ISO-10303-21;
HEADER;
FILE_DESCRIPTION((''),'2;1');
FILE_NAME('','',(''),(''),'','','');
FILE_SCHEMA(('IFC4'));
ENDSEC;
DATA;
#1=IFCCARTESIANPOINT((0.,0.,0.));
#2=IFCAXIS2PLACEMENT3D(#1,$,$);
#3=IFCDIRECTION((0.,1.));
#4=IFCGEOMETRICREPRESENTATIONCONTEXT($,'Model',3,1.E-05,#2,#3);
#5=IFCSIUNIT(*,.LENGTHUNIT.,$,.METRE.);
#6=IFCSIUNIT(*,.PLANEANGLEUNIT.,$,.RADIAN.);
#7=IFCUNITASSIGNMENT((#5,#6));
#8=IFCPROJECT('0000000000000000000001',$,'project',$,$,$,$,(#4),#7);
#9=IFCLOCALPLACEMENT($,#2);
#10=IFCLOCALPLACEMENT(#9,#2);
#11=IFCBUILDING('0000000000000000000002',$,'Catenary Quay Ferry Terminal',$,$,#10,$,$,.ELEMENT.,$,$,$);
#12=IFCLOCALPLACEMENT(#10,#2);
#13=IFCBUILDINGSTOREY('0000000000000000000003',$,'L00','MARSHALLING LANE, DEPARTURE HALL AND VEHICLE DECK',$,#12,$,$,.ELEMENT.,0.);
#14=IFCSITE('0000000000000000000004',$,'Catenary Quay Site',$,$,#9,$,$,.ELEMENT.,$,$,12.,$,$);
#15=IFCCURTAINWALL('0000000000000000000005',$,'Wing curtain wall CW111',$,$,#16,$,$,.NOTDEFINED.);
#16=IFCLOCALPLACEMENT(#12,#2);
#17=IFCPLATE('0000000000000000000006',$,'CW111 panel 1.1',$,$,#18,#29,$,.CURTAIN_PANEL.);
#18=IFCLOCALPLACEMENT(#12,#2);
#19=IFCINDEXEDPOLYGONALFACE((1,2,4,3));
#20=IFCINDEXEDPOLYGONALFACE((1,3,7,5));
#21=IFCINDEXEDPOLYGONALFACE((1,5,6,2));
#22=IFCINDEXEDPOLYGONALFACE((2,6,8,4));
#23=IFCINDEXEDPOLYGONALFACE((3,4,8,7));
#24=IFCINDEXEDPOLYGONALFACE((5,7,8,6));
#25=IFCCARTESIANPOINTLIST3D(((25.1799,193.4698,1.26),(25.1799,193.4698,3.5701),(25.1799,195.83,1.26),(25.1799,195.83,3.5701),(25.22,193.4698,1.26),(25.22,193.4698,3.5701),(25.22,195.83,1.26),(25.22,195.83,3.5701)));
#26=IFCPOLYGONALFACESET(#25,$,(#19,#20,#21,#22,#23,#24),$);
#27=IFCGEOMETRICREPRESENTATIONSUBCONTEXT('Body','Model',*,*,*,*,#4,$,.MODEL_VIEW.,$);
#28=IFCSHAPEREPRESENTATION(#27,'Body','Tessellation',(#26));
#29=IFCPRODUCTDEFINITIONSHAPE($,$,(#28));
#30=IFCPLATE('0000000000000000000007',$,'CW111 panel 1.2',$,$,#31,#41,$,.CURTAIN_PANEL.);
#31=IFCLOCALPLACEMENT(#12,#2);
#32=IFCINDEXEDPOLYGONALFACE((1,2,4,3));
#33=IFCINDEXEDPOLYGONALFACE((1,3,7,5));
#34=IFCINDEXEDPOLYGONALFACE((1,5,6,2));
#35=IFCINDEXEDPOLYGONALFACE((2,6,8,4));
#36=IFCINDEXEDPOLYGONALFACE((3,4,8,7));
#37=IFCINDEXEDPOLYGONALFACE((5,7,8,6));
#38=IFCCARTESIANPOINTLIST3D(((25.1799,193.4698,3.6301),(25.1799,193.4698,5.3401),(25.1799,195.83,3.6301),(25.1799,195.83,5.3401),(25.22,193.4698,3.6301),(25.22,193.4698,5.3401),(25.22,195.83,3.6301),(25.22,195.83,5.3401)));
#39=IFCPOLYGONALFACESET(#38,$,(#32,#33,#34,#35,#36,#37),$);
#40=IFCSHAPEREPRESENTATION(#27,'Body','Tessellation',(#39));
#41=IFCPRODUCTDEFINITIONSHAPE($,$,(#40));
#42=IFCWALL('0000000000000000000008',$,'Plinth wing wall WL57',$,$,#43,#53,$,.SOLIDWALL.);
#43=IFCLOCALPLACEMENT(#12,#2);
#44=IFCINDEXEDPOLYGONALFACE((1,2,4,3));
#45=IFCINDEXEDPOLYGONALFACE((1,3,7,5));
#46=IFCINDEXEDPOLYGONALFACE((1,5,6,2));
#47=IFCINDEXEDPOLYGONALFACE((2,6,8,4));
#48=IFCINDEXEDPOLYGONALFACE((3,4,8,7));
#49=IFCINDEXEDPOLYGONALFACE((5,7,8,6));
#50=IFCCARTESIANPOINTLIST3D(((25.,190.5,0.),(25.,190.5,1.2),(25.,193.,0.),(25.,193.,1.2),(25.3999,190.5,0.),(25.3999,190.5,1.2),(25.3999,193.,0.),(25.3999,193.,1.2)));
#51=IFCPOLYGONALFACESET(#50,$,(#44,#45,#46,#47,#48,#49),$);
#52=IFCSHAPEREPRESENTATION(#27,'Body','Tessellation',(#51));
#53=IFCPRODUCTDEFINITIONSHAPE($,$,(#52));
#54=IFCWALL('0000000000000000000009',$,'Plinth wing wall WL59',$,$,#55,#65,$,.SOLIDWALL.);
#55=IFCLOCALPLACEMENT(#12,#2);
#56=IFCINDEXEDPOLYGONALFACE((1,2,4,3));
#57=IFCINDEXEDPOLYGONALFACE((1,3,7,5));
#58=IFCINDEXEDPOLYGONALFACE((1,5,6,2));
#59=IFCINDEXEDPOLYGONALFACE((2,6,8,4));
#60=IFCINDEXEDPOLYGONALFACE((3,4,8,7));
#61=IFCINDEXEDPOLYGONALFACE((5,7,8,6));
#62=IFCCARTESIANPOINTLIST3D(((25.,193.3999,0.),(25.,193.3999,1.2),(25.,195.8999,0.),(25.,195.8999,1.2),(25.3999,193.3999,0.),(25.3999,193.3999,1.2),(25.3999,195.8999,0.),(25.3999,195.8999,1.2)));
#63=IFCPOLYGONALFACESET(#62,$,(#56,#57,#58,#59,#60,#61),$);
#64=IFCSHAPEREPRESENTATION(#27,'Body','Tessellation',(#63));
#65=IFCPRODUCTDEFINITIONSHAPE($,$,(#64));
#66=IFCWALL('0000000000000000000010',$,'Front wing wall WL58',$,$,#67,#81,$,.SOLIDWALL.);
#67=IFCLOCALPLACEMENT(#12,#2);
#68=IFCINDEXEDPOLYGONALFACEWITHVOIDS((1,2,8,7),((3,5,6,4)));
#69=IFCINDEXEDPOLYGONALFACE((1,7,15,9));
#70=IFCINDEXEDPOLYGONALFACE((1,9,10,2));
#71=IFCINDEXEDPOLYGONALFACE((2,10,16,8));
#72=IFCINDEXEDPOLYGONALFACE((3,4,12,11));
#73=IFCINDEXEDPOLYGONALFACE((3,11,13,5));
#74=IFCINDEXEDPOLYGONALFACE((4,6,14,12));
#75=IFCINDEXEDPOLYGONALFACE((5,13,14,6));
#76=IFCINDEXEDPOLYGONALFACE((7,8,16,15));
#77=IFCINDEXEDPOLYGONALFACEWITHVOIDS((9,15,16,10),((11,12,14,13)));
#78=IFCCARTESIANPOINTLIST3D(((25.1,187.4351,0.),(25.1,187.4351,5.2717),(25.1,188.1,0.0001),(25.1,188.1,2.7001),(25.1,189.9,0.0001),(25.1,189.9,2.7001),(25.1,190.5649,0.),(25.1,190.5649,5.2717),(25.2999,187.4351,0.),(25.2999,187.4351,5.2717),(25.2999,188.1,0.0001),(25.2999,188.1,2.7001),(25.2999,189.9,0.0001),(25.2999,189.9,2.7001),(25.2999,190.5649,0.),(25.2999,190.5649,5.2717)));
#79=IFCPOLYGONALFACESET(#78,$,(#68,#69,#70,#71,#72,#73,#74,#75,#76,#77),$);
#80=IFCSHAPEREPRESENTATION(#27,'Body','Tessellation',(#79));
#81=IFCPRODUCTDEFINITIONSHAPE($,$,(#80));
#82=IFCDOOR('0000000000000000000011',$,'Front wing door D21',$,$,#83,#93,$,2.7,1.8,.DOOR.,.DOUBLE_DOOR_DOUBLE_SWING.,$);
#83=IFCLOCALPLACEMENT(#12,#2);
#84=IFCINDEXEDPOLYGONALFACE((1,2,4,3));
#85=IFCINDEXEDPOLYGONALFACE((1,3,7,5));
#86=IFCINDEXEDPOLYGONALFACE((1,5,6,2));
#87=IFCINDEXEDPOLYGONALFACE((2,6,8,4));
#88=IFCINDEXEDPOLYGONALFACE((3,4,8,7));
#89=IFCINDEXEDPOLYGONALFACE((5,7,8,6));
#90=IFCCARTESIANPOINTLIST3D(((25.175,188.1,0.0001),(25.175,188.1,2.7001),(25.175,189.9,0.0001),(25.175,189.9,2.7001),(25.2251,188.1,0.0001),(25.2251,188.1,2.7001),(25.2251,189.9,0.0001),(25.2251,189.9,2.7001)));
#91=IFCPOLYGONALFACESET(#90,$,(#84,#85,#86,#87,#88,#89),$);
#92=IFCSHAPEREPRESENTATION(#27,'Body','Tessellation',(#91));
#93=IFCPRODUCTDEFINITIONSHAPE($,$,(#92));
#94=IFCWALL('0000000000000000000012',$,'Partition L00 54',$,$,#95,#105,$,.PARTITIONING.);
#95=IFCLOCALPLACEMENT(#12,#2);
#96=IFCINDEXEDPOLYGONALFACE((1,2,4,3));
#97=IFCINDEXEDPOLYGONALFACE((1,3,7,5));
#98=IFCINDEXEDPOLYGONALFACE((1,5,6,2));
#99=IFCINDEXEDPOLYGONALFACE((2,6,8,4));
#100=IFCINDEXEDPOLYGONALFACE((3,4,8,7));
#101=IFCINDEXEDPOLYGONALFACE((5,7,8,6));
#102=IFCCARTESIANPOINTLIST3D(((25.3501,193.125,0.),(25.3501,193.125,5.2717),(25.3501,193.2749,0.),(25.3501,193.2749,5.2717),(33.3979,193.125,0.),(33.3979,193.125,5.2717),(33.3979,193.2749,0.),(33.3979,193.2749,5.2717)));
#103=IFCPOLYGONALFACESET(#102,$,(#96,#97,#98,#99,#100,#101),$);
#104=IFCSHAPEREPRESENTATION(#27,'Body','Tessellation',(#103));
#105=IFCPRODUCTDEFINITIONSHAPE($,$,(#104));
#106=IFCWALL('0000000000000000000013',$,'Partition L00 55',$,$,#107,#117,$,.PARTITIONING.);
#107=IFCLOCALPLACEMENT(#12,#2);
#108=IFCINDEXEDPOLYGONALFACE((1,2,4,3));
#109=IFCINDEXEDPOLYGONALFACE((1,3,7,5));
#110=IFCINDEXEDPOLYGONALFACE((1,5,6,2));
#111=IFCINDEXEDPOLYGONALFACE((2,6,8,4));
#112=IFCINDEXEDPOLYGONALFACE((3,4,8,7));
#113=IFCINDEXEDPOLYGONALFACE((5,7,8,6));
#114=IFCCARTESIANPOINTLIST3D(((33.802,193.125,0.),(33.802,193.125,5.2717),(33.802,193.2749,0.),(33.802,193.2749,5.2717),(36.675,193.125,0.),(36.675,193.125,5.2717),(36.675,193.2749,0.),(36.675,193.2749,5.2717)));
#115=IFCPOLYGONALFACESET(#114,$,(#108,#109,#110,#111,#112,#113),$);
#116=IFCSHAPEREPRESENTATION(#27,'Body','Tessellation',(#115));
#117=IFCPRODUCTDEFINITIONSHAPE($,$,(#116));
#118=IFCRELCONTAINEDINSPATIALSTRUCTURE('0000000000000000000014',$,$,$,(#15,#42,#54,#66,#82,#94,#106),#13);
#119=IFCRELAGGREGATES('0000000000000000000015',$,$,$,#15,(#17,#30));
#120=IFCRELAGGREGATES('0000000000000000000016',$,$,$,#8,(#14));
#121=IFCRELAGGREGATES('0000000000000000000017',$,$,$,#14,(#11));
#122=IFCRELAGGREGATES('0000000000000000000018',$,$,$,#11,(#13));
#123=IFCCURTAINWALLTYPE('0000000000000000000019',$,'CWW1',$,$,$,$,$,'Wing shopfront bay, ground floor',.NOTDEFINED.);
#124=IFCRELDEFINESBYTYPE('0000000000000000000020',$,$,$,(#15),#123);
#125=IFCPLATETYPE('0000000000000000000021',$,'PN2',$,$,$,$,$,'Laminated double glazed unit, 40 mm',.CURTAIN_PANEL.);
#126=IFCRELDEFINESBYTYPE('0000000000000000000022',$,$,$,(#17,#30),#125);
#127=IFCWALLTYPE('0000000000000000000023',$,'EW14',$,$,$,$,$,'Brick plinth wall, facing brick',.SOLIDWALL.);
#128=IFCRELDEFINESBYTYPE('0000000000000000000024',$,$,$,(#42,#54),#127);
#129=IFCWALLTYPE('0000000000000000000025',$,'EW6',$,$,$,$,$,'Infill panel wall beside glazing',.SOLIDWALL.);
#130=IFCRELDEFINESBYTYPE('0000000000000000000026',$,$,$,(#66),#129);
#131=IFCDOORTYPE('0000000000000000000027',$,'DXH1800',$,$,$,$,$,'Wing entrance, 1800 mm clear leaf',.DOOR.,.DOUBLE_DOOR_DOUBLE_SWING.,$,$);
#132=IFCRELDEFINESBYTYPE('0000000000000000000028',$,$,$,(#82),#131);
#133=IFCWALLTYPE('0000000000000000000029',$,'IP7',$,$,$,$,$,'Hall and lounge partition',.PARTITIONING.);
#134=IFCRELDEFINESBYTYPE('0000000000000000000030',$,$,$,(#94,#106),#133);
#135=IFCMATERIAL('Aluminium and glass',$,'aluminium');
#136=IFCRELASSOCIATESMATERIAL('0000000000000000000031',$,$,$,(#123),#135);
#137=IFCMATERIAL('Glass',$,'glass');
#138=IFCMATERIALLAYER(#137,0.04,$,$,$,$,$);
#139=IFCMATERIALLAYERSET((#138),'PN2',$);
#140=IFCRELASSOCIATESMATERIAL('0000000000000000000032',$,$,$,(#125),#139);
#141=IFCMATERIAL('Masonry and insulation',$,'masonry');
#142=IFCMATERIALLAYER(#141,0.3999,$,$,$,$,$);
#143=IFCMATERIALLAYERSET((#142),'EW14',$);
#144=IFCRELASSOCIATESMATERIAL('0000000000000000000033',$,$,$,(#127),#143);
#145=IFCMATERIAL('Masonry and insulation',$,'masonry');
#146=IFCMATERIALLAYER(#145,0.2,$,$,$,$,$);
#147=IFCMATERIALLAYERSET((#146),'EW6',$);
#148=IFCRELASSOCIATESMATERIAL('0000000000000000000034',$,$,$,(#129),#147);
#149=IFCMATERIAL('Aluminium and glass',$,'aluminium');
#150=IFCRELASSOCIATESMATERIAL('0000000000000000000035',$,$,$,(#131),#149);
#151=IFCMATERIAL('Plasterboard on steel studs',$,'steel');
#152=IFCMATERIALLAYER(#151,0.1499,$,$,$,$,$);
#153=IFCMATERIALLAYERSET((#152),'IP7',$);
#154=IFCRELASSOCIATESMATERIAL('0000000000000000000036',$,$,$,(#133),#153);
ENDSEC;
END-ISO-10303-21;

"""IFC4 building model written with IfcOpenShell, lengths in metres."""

from ifc_helpers import new_model, si_unit, direction, frame, frame_2d, origin, origin_2d, place, context, subcontext, project, spatial, rectangle, extrude, material, layer, layer_set, type_object, element, fill, aggregate, save


model = new_model("IFC4")

# Units and contexts
model_context = context("Model", 3, precision=1e-05, world=origin(), true_north=direction((0.0, 1.0)))
body_context = subcontext(model_context, "Body", "Model", "MODEL_VIEW")
ifc_project = project(units=[si_unit("LENGTHUNIT", "METRE"), si_unit("PLANEANGLEUNIT", "RADIAN")], contexts=[model_context])

# Site, building, storey
site_placement = place(None, origin())
site = spatial("IfcSite", under=ifc_project, at=site_placement, Name="Catenary Quay Site", CompositionType="ELEMENT", RefElevation=12.0)
building_placement = place(site_placement, origin())
building = spatial("IfcBuilding", under=site, at=building_placement, Name="Catenary Quay Ferry Terminal", CompositionType="ELEMENT")
storey_placement = place(building_placement, origin())
storey = spatial("IfcBuildingStorey", under=building, at=storey_placement, Name="L00", Description="MARSHALLING LANE, DEPARTURE HALL AND VEHICLE DECK", CompositionType="ELEMENT", Elevation=0.0)

# Shared definitions
ifc_material_1 = material(Name="Aluminium and glass", Category="aluminium")
curtain_wall_type = type_object("IfcCurtainWallType", Name="CWW1", ElementType="Wing shopfront bay, ground floor", PredefinedType="NOTDEFINED", material=ifc_material_1)

# Curtain wall
curtain_wall_1_placement = place(storey_placement, origin())
curtain_wall_1 = element("IfcCurtainWall", 1, at=curtain_wall_1_placement, inside=storey, type_object=curtain_wall_type, Name="Wing curtain wall CW111", PredefinedType="NOTDEFINED")

# Plates
ifc_material_2 = material(Name="Glass", Category="glass")
ifc_layer_1 = layer(ifc_material_2, 0.04)
ifc_layer_set_1 = layer_set([ifc_layer_1], Name="PN2")
plate_type = type_object("IfcPlateType", Name="PN2", ElementType="Laminated double glazed unit, 40 mm", PredefinedType="CURTAIN_PANEL", material=ifc_layer_set_1)
plate_1_placement = place(storey_placement, frame((25.2, 194.6499, 1.26), z_axis=(0.0, 0.0, 1.0), x_axis=(0.0, 1.0, 0.0)))
plate_1 = element("IfcPlate", 2, at=plate_1_placement, type_object=plate_type, Name="CW111 panel 1.1", PredefinedType="CURTAIN_PANEL", context=body_context, shape_type="SweptSolid", body=[
    extrude(rectangle(XDim=2.3601, YDim=0.04, at=origin_2d()), origin(), (0.0, 0.0, 1.0), 2.3101),
])
plate_2_placement = place(storey_placement, frame((25.2, 194.6499, 3.6301), z_axis=(0.0, 0.0, 1.0), x_axis=(0.0, 1.0, 0.0)))
plate_2 = element("IfcPlate", 3, at=plate_2_placement, type_object=plate_type, Name="CW111 panel 1.2", PredefinedType="CURTAIN_PANEL", context=body_context, shape_type="SweptSolid", body=[
    extrude(rectangle(XDim=2.3601, YDim=0.04, at=origin_2d()), origin(), (0.0, 0.0, 1.0), 1.71),
])
aggregate(curtain_wall_1, [plate_1, plate_2])

# Walls
ifc_material_3 = material(Name="Masonry and insulation", Category="masonry")
ifc_layer_2 = layer(ifc_material_3, 0.3999)
ifc_layer_set_2 = layer_set([ifc_layer_2], Name="EW14")
wall_type_1 = type_object("IfcWallType", Name="EW14", ElementType="Brick plinth wall, facing brick", PredefinedType="SOLIDWALL", material=ifc_layer_set_2)
for number, where, z_axis, x_axis, name in (
    (4, (25.2, 190.5, 0.0), (0.0, 0.0, 1.0), (0.0, 1.0, 0.0), "Plinth wing wall WL57"),
    (5, (25.2, 193.3999, 0.0), (0.0, 0.0, 1.0), (0.0, 1.0, 0.0), "Plinth wing wall WL59"),
):
    element("IfcWall", number, at=place(storey_placement, frame(where, z_axis=z_axis, x_axis=x_axis)), inside=storey, type_object=wall_type_1, Name=name, PredefinedType="SOLIDWALL", context=body_context, shape_type="SweptSolid", body=[
        extrude(rectangle(XDim=2.5, YDim=0.3999, at=frame_2d((1.25, 0.0))), origin(), (0.0, 0.0, 1.0), 1.2),
    ])

# Wall, opening, door
ifc_material_4 = material(Name="Masonry and insulation", Category="masonry")
ifc_layer_3 = layer(ifc_material_4, 0.2)
ifc_layer_set_3 = layer_set([ifc_layer_3], Name="EW6")
wall_type_2 = type_object("IfcWallType", Name="EW6", ElementType="Infill panel wall beside glazing", PredefinedType="SOLIDWALL", material=ifc_layer_set_3)
wall_1_placement = place(storey_placement, frame((25.2, 187.4351, 0.0), z_axis=(0.0, 0.0, 1.0), x_axis=(0.0, 1.0, 0.0)))
wall_1 = element("IfcWall", 6, at=wall_1_placement, inside=storey, type_object=wall_type_2, Name="Front wing wall WL58", PredefinedType="SOLIDWALL", context=body_context, shape_type="SweptSolid", body=[
    extrude(rectangle(XDim=3.1299, YDim=0.2, at=frame_2d((1.5649, 0.0))), origin(), (0.0, 0.0, 1.0), 5.2717),
])
opening_placement = place(wall_1_placement, frame((0.665, 0.0, 0.0)))
opening = element("IfcOpeningElement", 7, at=opening_placement, cuts=wall_1, PredefinedType="OPENING", context=body_context, shape_type="SweptSolid", body=[
    extrude(rectangle(XDim=1.8, YDim=2.7, at=frame_2d((0.8999, 1.3501))), frame((0.0, 0.1099, 0.0), z_axis=(0.0, -1.0, 0.0), x_axis=(1.0, 0.0, 0.0)), (0.0, 0.0, 1.0), 0.22),
])
ifc_material_5 = material(Name="Aluminium and glass", Category="aluminium")
door_type = type_object("IfcDoorType", Name="DXH1800", ElementType="Wing entrance, 1800 mm clear leaf", OperationType="DOUBLE_DOOR_DOUBLE_SWING", PredefinedType="DOOR", material=ifc_material_5)
door_placement = place(opening_placement, origin())
door = element("IfcDoor", 8, at=door_placement, inside=storey, type_object=door_type, Name="Front wing door D21", OperationType="DOUBLE_DOOR_DOUBLE_SWING", OverallHeight=2.7, OverallWidth=1.8, PredefinedType="DOOR", context=body_context, shape_type="SweptSolid", body=[
    extrude(rectangle(XDim=1.8, YDim=2.7, at=frame_2d((0.8999, 1.3501))), frame((0.0, 0.0249, 0.0), z_axis=(0.0, -1.0, 0.0), x_axis=(1.0, 0.0, 0.0)), (0.0, 0.0, 1.0), 0.05),
])
fill(opening, door)

# Walls
ifc_material_6 = material(Name="Plasterboard on steel studs", Category="steel")
ifc_layer_4 = layer(ifc_material_6, 0.1499)
ifc_layer_set_4 = layer_set([ifc_layer_4], Name="IP7")
wall_type_3 = type_object("IfcWallType", Name="IP7", ElementType="Hall and lounge partition", PredefinedType="PARTITIONING", material=ifc_layer_set_4)
wall_2_placement = place(storey_placement, frame((25.3501, 193.2, 0.0), z_axis=(0.0, 0.0, 1.0), x_axis=(1.0, 0.0, 0.0)))
element("IfcWall", 9, at=wall_2_placement, inside=storey, type_object=wall_type_3, Name="Partition L00 54", PredefinedType="PARTITIONING", context=body_context, shape_type="SweptSolid", body=[
    extrude(rectangle(XDim=8.0479, YDim=0.1499, at=frame_2d((4.0239, 0.0))), origin(), (0.0, 0.0, 1.0), 5.2717),
])
wall_3_placement = place(storey_placement, frame((33.802, 193.2, 0.0), z_axis=(0.0, 0.0, 1.0), x_axis=(1.0, 0.0, 0.0)))
element("IfcWall", 10, at=wall_3_placement, inside=storey, type_object=wall_type_3, Name="Partition L00 55", PredefinedType="PARTITIONING", context=body_context, shape_type="SweptSolid", body=[
    extrude(rectangle(XDim=2.873, YDim=0.1499, at=frame_2d((1.4365, 0.0))), origin(), (0.0, 0.0, 1.0), 5.2717),
])

save(model, "model.ifc")
